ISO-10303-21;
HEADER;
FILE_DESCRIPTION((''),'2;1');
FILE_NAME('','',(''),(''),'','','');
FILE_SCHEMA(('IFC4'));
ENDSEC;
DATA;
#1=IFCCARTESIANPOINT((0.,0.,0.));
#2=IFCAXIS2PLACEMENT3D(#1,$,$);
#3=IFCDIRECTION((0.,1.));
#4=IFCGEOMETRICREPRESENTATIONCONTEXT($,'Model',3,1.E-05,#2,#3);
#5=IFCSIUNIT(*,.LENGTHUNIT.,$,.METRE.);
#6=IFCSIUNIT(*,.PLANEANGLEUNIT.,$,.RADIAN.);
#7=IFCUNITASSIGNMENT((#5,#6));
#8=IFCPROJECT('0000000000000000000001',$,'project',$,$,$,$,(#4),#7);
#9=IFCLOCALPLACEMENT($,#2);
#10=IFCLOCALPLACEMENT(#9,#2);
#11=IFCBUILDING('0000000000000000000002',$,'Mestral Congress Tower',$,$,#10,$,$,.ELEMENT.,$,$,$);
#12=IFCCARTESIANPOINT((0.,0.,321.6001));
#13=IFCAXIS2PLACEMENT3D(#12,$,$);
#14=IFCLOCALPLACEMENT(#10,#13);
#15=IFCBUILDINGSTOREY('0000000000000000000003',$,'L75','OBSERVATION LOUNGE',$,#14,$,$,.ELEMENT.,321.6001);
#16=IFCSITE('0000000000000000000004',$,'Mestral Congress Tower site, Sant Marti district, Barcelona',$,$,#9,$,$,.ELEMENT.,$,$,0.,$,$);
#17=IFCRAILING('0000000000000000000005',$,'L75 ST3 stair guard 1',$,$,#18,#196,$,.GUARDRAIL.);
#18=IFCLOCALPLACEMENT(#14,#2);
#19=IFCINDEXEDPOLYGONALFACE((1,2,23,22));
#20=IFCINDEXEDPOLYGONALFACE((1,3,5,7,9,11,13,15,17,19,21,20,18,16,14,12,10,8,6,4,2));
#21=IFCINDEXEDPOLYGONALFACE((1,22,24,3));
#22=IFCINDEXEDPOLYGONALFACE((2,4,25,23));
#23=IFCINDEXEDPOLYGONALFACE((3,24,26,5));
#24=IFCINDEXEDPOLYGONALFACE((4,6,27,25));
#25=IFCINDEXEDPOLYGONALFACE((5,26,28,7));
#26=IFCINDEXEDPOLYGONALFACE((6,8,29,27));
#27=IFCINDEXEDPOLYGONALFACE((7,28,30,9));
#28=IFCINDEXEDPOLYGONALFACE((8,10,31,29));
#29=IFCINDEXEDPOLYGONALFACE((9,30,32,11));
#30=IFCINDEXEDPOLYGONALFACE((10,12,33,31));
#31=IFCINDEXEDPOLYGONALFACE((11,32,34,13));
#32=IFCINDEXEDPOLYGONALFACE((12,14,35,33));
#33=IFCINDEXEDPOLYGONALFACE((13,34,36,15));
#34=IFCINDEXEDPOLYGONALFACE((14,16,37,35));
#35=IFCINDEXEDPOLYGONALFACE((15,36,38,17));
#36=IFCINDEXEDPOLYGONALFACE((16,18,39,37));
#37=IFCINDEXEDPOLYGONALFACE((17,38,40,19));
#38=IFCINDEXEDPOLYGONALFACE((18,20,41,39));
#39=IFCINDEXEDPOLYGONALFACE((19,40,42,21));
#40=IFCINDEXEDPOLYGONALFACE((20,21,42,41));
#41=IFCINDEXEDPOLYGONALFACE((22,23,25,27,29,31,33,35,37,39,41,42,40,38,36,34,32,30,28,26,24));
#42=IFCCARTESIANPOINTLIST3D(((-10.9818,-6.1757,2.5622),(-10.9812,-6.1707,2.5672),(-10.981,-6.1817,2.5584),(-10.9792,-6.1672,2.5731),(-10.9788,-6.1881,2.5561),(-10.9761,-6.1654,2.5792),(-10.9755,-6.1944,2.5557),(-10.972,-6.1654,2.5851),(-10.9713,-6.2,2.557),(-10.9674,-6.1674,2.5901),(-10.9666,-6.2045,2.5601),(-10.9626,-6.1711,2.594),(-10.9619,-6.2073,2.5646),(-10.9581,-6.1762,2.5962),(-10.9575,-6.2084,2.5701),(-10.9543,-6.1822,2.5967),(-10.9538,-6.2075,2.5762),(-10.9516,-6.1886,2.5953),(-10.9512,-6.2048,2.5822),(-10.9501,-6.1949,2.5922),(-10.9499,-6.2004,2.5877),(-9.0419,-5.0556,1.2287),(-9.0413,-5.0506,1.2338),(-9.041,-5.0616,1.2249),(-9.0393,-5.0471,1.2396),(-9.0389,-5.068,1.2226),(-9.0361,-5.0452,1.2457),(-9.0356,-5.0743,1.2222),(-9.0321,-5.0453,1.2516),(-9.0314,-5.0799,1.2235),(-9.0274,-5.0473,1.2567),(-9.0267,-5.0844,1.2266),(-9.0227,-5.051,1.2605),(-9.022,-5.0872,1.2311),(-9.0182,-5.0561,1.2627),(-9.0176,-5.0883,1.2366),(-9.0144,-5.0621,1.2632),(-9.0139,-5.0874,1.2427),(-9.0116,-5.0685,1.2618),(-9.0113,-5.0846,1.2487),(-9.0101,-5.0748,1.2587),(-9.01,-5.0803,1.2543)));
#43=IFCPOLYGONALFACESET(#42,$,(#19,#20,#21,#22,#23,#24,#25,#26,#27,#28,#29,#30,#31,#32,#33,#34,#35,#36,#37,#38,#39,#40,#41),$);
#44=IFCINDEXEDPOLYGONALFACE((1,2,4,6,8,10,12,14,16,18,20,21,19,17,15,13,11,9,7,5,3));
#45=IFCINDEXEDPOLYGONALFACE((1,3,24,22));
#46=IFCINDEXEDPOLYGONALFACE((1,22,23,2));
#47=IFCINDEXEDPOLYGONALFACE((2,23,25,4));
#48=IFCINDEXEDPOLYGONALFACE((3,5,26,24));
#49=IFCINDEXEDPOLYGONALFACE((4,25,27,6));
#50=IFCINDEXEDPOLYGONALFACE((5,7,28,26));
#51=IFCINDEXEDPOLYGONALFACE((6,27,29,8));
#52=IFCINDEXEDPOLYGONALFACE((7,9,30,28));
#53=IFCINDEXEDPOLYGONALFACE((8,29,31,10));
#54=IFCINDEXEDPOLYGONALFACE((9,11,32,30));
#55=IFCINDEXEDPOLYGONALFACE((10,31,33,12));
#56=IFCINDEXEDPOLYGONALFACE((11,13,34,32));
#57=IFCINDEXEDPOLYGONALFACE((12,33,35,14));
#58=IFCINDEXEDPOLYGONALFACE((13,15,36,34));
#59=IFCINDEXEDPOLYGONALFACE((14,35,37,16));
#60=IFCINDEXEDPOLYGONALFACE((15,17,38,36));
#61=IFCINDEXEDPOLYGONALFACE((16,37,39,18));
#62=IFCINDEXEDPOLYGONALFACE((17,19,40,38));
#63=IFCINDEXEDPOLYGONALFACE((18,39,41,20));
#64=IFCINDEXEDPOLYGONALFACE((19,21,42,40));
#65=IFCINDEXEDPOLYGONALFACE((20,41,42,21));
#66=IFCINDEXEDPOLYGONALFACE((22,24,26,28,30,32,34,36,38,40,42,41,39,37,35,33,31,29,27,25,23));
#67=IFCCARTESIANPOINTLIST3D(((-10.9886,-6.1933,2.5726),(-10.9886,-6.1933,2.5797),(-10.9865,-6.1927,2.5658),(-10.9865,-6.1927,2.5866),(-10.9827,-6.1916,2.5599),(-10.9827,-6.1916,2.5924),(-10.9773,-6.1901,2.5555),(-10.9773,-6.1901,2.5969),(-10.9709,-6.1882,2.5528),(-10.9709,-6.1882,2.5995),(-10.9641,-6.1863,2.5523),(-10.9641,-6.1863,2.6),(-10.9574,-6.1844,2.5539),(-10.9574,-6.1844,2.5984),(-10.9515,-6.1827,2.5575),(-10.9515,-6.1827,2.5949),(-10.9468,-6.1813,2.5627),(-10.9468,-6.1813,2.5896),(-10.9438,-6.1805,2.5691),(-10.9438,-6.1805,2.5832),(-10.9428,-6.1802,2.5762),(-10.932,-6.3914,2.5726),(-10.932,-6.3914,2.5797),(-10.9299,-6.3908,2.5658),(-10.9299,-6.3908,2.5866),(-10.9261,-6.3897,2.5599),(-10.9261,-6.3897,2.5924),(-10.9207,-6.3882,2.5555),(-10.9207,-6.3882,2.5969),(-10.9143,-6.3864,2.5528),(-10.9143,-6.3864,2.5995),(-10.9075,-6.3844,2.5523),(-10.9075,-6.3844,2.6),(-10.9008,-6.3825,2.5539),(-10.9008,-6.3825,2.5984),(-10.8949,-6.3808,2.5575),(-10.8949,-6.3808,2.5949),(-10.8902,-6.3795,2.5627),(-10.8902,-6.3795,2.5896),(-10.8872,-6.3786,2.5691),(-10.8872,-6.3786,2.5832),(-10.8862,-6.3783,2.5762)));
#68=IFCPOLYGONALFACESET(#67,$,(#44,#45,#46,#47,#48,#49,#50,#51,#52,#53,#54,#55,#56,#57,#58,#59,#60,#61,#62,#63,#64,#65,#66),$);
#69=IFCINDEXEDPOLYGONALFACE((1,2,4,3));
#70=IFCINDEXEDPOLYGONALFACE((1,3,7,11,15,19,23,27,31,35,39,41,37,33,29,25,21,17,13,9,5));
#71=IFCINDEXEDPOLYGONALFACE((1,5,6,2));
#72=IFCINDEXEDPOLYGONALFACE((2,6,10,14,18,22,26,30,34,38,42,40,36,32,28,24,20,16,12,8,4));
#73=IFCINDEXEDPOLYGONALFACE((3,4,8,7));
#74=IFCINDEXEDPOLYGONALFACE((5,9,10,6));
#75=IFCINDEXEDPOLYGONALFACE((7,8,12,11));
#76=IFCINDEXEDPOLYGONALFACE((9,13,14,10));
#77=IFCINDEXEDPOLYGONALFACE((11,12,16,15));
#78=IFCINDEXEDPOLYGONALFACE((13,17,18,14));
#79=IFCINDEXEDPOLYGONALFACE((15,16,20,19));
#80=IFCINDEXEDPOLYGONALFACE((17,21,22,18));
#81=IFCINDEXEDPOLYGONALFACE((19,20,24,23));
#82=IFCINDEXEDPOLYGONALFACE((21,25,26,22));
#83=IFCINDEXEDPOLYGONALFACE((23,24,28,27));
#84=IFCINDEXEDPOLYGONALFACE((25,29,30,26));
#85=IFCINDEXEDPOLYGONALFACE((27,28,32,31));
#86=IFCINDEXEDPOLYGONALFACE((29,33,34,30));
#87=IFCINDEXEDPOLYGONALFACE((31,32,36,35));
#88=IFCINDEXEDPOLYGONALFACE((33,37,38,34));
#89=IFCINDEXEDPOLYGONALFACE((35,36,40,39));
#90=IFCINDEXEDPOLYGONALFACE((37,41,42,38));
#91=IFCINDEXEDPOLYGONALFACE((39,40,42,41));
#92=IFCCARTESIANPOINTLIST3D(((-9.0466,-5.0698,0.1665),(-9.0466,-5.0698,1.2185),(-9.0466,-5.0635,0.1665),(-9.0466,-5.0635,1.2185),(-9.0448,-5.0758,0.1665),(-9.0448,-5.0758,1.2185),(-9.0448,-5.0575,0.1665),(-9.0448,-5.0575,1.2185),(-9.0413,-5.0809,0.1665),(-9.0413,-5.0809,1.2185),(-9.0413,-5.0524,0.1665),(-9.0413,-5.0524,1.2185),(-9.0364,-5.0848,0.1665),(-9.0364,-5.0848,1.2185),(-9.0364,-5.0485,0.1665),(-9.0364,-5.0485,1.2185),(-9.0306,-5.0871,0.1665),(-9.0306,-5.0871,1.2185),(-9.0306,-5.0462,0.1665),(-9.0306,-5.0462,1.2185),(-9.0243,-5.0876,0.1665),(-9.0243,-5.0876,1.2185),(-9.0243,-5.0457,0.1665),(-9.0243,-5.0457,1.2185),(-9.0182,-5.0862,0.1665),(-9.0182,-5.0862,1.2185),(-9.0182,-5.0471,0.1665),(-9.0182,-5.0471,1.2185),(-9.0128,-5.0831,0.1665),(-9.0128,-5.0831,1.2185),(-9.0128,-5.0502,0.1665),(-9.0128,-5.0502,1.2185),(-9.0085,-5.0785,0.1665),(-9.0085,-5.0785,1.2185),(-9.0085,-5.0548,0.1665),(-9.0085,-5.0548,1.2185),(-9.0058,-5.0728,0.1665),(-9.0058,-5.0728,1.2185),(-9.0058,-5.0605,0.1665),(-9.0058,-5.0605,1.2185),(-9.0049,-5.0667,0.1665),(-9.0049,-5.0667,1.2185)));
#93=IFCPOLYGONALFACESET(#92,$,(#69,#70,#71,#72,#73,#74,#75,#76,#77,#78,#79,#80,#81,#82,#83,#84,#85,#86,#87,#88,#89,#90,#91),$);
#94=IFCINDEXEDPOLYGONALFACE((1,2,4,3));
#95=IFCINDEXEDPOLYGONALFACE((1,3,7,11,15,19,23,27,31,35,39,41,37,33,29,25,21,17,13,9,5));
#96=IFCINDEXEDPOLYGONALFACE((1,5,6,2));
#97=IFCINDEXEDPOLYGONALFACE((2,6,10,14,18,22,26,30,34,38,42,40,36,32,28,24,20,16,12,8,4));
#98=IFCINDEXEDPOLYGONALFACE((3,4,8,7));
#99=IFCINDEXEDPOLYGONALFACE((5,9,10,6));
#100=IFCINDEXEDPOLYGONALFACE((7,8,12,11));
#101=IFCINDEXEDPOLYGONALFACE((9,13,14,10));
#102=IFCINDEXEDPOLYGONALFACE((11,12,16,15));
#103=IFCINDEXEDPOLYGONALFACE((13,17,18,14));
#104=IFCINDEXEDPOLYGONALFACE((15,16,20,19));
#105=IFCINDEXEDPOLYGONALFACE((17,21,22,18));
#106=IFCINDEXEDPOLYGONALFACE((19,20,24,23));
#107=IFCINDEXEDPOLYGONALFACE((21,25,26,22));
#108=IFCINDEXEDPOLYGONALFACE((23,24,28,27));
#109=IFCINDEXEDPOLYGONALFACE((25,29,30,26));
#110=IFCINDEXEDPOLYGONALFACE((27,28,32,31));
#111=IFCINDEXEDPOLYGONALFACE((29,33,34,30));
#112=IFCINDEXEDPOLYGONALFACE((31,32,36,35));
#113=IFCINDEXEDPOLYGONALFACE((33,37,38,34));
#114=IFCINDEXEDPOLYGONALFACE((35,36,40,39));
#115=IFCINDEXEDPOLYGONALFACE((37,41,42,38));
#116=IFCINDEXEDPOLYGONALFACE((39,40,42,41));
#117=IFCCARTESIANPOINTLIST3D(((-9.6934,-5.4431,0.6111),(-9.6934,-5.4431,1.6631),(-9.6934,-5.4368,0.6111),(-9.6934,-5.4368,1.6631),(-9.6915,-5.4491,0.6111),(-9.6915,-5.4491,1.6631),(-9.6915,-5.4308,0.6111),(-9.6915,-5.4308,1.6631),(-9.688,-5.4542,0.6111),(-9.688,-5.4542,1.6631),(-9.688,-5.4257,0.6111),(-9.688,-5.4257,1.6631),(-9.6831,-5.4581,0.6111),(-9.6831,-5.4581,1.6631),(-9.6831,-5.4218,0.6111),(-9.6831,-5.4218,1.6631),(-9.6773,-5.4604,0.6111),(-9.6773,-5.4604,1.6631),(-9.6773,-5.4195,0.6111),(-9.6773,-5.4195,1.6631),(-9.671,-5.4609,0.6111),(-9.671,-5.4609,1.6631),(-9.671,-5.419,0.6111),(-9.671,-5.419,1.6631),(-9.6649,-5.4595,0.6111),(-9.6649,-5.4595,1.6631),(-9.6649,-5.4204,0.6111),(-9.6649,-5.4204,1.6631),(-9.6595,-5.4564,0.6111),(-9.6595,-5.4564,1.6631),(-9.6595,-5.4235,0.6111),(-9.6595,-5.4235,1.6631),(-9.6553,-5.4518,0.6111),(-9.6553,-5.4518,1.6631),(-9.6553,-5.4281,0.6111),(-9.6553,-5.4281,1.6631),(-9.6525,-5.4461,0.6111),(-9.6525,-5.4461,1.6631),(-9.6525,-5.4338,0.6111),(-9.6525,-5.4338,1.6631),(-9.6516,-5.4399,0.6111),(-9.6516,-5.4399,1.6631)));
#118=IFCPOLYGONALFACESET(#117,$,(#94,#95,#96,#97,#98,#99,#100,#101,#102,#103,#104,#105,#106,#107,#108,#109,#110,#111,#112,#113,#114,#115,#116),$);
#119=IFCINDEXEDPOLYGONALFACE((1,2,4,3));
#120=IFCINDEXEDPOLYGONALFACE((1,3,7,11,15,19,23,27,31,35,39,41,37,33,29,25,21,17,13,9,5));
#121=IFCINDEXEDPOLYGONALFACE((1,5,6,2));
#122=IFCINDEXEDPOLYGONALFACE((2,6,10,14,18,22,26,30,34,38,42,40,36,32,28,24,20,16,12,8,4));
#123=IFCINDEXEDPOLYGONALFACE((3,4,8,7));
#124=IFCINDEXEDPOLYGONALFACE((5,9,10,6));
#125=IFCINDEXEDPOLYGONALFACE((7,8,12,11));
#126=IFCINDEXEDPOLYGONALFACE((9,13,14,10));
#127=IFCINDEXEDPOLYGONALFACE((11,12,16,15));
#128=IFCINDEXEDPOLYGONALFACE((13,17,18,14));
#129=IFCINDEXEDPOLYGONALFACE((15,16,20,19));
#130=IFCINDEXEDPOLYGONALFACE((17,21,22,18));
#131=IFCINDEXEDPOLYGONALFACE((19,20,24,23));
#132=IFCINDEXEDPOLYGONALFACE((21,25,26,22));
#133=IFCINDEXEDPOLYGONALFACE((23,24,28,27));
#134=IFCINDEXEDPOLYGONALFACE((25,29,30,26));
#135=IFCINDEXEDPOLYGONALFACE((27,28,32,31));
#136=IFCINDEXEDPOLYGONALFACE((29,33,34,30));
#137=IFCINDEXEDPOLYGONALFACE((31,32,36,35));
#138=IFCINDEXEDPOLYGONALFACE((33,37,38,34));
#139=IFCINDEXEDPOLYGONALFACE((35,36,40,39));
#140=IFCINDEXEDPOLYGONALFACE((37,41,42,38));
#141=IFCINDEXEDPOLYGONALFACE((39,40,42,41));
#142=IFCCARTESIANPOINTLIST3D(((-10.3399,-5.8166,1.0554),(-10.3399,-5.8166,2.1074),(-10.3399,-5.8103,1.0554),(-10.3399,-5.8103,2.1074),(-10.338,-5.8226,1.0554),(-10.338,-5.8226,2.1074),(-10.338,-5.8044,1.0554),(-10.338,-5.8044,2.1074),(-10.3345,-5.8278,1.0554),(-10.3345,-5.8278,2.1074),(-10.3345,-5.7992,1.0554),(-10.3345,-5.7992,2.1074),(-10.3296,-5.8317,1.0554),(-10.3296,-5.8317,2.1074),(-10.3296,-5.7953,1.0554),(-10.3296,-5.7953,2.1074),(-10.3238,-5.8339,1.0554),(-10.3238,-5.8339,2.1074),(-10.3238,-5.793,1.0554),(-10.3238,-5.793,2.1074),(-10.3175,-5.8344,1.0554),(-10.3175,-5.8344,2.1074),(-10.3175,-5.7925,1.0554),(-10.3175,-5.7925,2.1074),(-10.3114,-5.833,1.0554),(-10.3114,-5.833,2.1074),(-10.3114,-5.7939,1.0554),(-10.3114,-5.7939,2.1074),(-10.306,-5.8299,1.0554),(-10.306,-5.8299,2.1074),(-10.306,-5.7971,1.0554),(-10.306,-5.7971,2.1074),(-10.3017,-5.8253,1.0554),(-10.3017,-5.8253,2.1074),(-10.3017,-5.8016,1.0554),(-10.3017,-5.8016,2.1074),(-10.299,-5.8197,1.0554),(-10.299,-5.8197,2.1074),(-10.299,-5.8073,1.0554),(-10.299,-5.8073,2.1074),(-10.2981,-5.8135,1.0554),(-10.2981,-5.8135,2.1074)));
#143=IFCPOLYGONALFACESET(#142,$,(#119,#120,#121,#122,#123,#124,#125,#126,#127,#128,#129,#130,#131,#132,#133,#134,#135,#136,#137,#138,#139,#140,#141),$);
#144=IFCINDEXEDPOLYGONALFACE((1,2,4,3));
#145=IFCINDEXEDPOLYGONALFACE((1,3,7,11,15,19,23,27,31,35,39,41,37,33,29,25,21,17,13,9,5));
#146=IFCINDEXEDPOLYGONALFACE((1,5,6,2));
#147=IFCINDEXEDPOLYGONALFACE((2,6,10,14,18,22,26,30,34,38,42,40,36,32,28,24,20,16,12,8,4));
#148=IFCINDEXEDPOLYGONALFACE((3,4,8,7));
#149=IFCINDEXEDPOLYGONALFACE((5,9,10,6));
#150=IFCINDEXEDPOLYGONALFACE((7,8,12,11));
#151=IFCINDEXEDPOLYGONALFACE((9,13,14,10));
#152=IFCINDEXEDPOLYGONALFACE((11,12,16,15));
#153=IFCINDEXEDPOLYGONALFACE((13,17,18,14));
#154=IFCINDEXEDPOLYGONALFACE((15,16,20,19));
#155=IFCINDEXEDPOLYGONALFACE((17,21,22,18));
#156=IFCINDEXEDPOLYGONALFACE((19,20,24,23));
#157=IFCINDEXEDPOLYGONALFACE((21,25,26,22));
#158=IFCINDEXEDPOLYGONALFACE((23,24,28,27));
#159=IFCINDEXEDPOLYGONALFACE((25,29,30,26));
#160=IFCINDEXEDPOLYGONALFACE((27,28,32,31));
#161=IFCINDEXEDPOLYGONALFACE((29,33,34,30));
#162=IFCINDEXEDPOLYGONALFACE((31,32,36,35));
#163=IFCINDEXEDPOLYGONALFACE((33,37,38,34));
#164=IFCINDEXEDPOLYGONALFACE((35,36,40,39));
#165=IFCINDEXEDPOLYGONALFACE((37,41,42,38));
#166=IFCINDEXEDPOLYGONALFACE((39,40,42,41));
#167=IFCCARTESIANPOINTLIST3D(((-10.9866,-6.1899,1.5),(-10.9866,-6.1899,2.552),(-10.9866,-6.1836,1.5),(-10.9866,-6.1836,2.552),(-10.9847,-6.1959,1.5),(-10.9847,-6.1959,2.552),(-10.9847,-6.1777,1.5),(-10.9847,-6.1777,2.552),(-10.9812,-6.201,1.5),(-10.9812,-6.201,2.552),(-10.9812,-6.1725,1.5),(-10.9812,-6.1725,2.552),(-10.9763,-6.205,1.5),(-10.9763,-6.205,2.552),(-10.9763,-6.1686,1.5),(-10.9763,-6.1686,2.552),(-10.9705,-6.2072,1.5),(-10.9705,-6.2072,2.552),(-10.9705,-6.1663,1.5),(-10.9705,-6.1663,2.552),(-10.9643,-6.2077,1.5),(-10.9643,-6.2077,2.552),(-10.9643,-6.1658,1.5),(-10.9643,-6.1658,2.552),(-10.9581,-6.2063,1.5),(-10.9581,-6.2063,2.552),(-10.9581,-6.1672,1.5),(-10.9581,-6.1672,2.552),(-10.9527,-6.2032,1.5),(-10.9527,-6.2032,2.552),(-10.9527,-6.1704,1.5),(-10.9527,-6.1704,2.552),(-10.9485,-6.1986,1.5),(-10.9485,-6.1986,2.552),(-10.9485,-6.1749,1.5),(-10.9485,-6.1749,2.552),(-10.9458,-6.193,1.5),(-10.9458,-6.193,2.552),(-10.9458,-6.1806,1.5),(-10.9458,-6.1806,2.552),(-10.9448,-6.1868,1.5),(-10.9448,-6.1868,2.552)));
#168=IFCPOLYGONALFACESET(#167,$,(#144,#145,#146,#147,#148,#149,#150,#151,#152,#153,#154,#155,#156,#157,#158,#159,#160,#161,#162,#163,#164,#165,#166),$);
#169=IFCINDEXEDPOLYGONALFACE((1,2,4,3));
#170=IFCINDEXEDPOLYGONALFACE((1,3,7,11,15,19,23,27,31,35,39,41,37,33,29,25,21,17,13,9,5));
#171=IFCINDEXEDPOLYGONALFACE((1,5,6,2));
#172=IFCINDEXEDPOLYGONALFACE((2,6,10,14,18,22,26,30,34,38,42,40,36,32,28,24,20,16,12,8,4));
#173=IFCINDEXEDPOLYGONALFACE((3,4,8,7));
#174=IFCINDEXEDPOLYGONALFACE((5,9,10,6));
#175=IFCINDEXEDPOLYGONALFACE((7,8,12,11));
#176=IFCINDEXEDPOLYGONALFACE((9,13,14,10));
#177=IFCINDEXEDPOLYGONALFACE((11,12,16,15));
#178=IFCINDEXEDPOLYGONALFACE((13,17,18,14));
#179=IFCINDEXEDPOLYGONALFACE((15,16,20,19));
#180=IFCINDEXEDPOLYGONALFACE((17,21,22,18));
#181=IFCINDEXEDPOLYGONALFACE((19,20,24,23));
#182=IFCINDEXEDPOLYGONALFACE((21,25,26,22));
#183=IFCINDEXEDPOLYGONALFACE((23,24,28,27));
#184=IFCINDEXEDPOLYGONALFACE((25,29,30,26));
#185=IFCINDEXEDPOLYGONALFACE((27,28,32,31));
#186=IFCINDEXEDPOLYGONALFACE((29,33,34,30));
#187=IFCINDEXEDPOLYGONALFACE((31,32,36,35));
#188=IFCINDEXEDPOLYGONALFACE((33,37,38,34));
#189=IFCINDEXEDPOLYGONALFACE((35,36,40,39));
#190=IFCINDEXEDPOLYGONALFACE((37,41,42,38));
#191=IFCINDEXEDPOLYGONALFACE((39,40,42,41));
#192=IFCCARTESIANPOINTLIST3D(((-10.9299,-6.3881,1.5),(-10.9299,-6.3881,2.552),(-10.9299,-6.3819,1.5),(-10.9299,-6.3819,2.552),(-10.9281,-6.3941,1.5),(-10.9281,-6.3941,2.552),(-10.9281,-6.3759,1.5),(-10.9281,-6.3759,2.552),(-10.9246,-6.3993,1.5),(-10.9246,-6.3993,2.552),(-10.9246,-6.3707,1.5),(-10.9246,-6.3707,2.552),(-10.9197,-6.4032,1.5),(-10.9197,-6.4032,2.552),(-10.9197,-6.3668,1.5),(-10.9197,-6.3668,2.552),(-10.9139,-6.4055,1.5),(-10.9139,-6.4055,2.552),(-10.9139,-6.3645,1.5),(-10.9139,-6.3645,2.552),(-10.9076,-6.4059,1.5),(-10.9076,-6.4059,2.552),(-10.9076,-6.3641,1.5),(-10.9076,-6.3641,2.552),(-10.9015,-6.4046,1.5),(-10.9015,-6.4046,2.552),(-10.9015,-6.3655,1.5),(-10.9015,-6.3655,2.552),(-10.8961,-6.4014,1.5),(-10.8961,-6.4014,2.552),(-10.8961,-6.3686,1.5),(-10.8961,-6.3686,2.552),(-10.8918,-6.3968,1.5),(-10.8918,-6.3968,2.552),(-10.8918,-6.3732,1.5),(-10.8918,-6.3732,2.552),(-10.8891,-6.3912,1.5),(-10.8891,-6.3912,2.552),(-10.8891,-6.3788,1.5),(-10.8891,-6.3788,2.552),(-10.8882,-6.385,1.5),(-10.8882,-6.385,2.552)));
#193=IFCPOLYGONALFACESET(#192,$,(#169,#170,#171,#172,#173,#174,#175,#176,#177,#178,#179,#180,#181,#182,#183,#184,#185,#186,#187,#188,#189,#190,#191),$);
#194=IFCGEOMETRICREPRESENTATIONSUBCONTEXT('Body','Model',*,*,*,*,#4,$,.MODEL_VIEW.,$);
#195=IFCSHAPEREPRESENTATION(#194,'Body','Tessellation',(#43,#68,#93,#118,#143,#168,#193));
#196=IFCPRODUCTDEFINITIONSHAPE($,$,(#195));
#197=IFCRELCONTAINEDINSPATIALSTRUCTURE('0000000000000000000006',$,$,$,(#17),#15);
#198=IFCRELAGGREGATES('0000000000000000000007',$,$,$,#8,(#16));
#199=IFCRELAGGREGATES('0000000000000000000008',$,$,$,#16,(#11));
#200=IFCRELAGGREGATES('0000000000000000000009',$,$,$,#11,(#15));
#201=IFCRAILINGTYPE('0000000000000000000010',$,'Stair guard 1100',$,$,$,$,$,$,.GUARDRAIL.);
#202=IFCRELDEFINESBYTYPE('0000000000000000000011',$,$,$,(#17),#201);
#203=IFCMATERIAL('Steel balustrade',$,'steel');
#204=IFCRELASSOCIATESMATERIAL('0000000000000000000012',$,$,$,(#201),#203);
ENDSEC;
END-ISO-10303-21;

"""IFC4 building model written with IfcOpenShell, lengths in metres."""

from ifc_helpers import new_model, si_unit, direction, frame, origin, origin_2d, place, context, subcontext, project, spatial, circle, extrude, material, type_object, element, save


model = new_model("IFC4")

# Units and contexts
model_context = context("Model", 3, precision=1e-05, world=origin(), true_north=direction((0.0, 1.0)))
body_context = subcontext(model_context, "Body", "Model", "MODEL_VIEW")
ifc_project = project(units=[si_unit("LENGTHUNIT", "METRE"), si_unit("PLANEANGLEUNIT", "RADIAN")], contexts=[model_context])

# Site, building, storey
site_placement = place(None, origin())
site = spatial("IfcSite", under=ifc_project, at=site_placement, Name="Mestral Congress Tower site, Sant Marti district, Barcelona", CompositionType="ELEMENT", RefElevation=0.0)
building_placement = place(site_placement, origin())
building = spatial("IfcBuilding", under=site, at=building_placement, Name="Mestral Congress Tower", CompositionType="ELEMENT")
storey_placement = place(building_placement, frame((0.0, 0.0, 321.6001)))
storey = spatial("IfcBuildingStorey", under=building, at=storey_placement, Name="L75", Description="OBSERVATION LOUNGE", CompositionType="ELEMENT", Elevation=321.6001)

# Railing
ifc_material_1 = material(Name="Steel balustrade", Category="steel")
railing_type_1 = type_object("IfcRailingType", Name="Stair guard 1100", PredefinedType="GUARDRAIL", material=ifc_material_1)
railing_1_placement = place(storey_placement, frame((-9.0259, -5.0667, 0.1665)))
element("IfcRailing", 1, at=railing_1_placement, inside=storey, type_object=railing_type_1, Name="L75 ST3 stair guard 1", PredefinedType="GUARDRAIL", context=body_context, shape_type="SweptSolid", body=[
    extrude(circle(Radius=0.0239, at=origin_2d()), frame((0.0, 0.0, 1.0762), z_axis=(-0.744139, -0.429664, 0.511514), x_axis=(0.500031, -0.866008, 0.0)), (0.0, 0.0, 1.0), 2.6069),
    extrude(circle(Radius=0.0239, at=origin_2d()), frame((-1.9399, -1.1201, 2.4097), z_axis=(0.274721, -0.961524, 0.0), x_axis=(0.961524, 0.274721, 0.0)), (0.0, 0.0, 1.0), 0.2061),
    extrude(circle(Radius=0.021, at=origin_2d()), origin(), (0.0, 0.0, 1.0), 1.052),
    extrude(circle(Radius=0.021, at=origin_2d()), frame((-0.6467, -0.3733, 0.4446)), (0.0, 0.0, 1.0), 1.052),
    extrude(circle(Radius=0.021, at=origin_2d()), frame((-1.2932, -0.7468, 0.8889)), (0.0, 0.0, 1.0), 1.052),
    extrude(circle(Radius=0.021, at=origin_2d()), frame((-1.9399, -1.1201, 1.3335)), (0.0, 0.0, 1.0), 1.052),
    extrude(circle(Radius=0.021, at=origin_2d()), frame((-1.8833, -1.3184, 1.3335)), (0.0, 0.0, 1.0), 1.052),
])

save(model, "model.ifc")
